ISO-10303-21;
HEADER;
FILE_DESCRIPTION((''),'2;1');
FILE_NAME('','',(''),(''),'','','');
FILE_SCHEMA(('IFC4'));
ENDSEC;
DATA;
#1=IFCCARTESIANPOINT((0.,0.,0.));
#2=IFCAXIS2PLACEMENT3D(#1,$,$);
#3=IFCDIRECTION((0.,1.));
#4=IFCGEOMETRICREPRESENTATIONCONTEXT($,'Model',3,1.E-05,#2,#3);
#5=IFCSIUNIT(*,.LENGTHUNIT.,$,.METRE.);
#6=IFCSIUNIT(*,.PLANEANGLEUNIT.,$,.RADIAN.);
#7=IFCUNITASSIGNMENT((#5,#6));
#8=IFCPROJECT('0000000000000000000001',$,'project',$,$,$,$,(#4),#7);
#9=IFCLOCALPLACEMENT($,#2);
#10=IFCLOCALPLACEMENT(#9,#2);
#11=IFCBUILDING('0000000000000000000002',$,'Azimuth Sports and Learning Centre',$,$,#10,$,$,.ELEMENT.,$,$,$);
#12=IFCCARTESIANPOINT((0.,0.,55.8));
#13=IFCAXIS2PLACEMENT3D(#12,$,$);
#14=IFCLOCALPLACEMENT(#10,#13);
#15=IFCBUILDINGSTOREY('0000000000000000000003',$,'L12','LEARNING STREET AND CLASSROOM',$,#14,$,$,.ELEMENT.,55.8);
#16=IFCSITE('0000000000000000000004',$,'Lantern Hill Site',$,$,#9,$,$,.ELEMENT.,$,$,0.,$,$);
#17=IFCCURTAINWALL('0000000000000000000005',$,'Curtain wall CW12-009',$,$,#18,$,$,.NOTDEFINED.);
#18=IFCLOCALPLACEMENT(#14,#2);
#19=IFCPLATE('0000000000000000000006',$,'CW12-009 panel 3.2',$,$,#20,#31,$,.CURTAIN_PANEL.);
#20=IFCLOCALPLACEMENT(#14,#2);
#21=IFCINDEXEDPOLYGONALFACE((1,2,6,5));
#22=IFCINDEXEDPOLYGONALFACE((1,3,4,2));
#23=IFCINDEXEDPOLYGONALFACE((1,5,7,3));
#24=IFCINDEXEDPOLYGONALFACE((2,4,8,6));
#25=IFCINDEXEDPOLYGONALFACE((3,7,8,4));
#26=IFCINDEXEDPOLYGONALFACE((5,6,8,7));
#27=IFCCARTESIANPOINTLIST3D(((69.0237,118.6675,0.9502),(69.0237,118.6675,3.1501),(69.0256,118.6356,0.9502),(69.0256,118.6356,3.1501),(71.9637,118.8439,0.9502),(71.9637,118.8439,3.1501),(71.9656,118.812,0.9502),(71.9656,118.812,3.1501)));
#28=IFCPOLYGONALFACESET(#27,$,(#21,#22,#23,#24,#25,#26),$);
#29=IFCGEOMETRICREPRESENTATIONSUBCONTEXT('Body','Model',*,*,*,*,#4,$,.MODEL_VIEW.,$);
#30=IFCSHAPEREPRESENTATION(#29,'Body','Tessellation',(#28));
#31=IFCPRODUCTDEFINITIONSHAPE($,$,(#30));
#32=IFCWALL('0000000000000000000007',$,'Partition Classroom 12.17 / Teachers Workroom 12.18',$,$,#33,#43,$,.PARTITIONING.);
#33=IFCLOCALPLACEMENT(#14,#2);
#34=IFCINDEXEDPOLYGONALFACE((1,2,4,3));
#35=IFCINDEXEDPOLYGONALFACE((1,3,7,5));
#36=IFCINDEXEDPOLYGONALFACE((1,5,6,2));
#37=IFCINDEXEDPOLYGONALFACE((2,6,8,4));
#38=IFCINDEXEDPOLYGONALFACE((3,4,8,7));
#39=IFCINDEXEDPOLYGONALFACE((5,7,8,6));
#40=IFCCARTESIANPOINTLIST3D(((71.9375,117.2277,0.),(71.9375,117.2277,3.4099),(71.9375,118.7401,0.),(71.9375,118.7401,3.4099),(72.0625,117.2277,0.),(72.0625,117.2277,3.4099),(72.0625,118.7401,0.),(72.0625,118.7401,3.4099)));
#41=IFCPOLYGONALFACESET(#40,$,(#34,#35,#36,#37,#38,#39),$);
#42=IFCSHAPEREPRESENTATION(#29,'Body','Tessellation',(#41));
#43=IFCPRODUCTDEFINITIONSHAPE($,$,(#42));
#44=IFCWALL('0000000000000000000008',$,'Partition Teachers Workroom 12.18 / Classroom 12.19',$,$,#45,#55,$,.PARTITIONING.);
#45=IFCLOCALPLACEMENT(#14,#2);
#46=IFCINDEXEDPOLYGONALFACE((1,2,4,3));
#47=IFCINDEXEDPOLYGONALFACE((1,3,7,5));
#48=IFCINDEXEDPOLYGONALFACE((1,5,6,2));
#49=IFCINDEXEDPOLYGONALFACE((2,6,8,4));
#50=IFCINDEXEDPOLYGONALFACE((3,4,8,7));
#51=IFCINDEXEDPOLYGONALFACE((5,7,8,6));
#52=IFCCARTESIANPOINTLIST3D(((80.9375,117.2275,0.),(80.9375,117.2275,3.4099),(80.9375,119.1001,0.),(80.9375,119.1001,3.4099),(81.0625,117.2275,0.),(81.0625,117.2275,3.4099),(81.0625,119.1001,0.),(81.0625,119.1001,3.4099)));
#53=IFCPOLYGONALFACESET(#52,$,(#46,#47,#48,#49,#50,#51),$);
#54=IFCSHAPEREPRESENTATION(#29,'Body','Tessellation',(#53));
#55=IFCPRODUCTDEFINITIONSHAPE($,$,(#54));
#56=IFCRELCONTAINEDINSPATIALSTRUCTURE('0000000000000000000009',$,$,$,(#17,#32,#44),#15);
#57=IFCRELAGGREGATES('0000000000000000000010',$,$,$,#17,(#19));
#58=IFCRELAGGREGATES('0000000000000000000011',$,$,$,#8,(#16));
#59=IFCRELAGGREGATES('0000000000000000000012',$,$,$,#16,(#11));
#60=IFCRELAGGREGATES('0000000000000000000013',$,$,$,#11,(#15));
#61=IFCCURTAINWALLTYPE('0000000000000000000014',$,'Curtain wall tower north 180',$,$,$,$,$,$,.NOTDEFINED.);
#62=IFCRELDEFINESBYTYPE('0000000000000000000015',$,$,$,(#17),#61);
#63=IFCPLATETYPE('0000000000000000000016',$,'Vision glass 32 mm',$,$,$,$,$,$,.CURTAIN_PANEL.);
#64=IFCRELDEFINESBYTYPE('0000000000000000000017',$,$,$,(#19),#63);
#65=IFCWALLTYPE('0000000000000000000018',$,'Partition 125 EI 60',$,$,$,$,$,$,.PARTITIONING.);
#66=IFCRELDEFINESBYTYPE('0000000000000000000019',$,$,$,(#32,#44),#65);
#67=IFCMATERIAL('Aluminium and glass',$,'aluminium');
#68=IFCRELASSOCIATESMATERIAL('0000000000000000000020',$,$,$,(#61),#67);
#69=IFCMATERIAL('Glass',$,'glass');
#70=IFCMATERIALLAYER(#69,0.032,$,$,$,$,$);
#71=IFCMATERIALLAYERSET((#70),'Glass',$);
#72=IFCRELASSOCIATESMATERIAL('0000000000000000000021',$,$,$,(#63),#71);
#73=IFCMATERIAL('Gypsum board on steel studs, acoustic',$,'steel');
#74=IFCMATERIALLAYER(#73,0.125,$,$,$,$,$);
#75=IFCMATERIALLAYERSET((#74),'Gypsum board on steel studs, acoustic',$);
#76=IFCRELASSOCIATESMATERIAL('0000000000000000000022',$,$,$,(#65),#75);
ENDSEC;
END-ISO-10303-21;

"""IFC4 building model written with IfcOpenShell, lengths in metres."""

from ifc_helpers import new_model, si_unit, direction, frame, frame_2d, origin, origin_2d, place, context, subcontext, project, spatial, rectangle, extrude, material, layer, layer_set, type_object, element, aggregate, save


model = new_model("IFC4")

# Units and contexts
model_context = context("Model", 3, precision=1e-05, world=origin(), true_north=direction((0.0, 1.0)))
body_context = subcontext(model_context, "Body", "Model", "MODEL_VIEW")
ifc_project = project(units=[si_unit("LENGTHUNIT", "METRE"), si_unit("PLANEANGLEUNIT", "RADIAN")], contexts=[model_context])

# Site, building, storey
site_placement = place(None, origin())
site = spatial("IfcSite", under=ifc_project, at=site_placement, Name="Lantern Hill Site", CompositionType="ELEMENT", RefElevation=0.0)
building_placement = place(site_placement, origin())
building = spatial("IfcBuilding", under=site, at=building_placement, Name="Azimuth Sports and Learning Centre", CompositionType="ELEMENT")
storey_placement = place(building_placement, frame((0.0, 0.0, 55.8)))
storey = spatial("IfcBuildingStorey", under=building, at=storey_placement, Name="L12", Description="LEARNING STREET AND CLASSROOM", CompositionType="ELEMENT", Elevation=55.8)

# Curtain wall, plate
ifc_material_1 = material(Name="Aluminium and glass", Category="aluminium")
curtain_wall_type = type_object("IfcCurtainWallType", Name="Curtain wall tower north 180", PredefinedType="NOTDEFINED", material=ifc_material_1)
curtain_wall_placement = place(storey_placement, origin())
curtain_wall = element("IfcCurtainWall", 1, at=curtain_wall_placement, inside=storey, type_object=curtain_wall_type, Name="Curtain wall CW12-009", PredefinedType="NOTDEFINED")
ifc_material_2 = material(Name="Glass", Category="glass")
ifc_layer_1 = layer(ifc_material_2, 0.032)
ifc_layer_set_1 = layer_set([ifc_layer_1], Name="Glass")
plate_type_1 = type_object("IfcPlateType", Name="Vision glass 32 mm", PredefinedType="CURTAIN_PANEL", material=ifc_layer_set_1)
plate_1_placement = place(storey_placement, frame((70.4946, 118.7397, 0.9502), z_axis=(0.0, 0.0, 1.0), x_axis=(-0.998205, -0.059892, 0.0)))
plate_1 = element("IfcPlate", 2, at=plate_1_placement, type_object=plate_type_1, Name="CW12-009 panel 3.2", PredefinedType="CURTAIN_PANEL", context=body_context, shape_type="SweptSolid", body=[
    extrude(rectangle(XDim=2.9453, YDim=0.032, at=origin_2d()), origin(), (0.0, 0.0, 1.0), 2.2),
])
aggregate(curtain_wall, [plate_1])

# Walls
ifc_material_3 = material(Name="Gypsum board on steel studs, acoustic", Category="steel")
ifc_layer_2 = layer(ifc_material_3, 0.125)
ifc_layer_set_2 = layer_set([ifc_layer_2], Name="Gypsum board on steel studs, acoustic")
wall_type = type_object("IfcWallType", Name="Partition 125 EI 60", PredefinedType="PARTITIONING", material=ifc_layer_set_2)
wall_1_placement = place(storey_placement, frame((72.0, 117.2275, 0.0), z_axis=(0.0, 0.0, 1.0), x_axis=(0.0, 1.0, 0.0)))
element("IfcWall", 3, at=wall_1_placement, inside=storey, type_object=wall_type, Name="Partition Classroom 12.17 / Teachers Workroom 12.18", PredefinedType="PARTITIONING", context=body_context, shape_type="SweptSolid", body=[
    extrude(rectangle(XDim=1.5125, YDim=0.125, at=frame_2d((0.7563, 0.0))), origin(), (0.0, 0.0, 1.0), 3.4099),
])
wall_2_placement = place(storey_placement, frame((81.0, 117.2275, 0.0), z_axis=(0.0, 0.0, 1.0), x_axis=(0.0, 1.0, 0.0)))
element("IfcWall", 4, at=wall_2_placement, inside=storey, type_object=wall_type, Name="Partition Teachers Workroom 12.18 / Classroom 12.19", PredefinedType="PARTITIONING", context=body_context, shape_type="SweptSolid", body=[
    extrude(rectangle(XDim=1.8726, YDim=0.125, at=frame_2d((0.9363, 0.0))), origin(), (0.0, 0.0, 1.0), 3.4099),
])

save(model, "model.ifc")
